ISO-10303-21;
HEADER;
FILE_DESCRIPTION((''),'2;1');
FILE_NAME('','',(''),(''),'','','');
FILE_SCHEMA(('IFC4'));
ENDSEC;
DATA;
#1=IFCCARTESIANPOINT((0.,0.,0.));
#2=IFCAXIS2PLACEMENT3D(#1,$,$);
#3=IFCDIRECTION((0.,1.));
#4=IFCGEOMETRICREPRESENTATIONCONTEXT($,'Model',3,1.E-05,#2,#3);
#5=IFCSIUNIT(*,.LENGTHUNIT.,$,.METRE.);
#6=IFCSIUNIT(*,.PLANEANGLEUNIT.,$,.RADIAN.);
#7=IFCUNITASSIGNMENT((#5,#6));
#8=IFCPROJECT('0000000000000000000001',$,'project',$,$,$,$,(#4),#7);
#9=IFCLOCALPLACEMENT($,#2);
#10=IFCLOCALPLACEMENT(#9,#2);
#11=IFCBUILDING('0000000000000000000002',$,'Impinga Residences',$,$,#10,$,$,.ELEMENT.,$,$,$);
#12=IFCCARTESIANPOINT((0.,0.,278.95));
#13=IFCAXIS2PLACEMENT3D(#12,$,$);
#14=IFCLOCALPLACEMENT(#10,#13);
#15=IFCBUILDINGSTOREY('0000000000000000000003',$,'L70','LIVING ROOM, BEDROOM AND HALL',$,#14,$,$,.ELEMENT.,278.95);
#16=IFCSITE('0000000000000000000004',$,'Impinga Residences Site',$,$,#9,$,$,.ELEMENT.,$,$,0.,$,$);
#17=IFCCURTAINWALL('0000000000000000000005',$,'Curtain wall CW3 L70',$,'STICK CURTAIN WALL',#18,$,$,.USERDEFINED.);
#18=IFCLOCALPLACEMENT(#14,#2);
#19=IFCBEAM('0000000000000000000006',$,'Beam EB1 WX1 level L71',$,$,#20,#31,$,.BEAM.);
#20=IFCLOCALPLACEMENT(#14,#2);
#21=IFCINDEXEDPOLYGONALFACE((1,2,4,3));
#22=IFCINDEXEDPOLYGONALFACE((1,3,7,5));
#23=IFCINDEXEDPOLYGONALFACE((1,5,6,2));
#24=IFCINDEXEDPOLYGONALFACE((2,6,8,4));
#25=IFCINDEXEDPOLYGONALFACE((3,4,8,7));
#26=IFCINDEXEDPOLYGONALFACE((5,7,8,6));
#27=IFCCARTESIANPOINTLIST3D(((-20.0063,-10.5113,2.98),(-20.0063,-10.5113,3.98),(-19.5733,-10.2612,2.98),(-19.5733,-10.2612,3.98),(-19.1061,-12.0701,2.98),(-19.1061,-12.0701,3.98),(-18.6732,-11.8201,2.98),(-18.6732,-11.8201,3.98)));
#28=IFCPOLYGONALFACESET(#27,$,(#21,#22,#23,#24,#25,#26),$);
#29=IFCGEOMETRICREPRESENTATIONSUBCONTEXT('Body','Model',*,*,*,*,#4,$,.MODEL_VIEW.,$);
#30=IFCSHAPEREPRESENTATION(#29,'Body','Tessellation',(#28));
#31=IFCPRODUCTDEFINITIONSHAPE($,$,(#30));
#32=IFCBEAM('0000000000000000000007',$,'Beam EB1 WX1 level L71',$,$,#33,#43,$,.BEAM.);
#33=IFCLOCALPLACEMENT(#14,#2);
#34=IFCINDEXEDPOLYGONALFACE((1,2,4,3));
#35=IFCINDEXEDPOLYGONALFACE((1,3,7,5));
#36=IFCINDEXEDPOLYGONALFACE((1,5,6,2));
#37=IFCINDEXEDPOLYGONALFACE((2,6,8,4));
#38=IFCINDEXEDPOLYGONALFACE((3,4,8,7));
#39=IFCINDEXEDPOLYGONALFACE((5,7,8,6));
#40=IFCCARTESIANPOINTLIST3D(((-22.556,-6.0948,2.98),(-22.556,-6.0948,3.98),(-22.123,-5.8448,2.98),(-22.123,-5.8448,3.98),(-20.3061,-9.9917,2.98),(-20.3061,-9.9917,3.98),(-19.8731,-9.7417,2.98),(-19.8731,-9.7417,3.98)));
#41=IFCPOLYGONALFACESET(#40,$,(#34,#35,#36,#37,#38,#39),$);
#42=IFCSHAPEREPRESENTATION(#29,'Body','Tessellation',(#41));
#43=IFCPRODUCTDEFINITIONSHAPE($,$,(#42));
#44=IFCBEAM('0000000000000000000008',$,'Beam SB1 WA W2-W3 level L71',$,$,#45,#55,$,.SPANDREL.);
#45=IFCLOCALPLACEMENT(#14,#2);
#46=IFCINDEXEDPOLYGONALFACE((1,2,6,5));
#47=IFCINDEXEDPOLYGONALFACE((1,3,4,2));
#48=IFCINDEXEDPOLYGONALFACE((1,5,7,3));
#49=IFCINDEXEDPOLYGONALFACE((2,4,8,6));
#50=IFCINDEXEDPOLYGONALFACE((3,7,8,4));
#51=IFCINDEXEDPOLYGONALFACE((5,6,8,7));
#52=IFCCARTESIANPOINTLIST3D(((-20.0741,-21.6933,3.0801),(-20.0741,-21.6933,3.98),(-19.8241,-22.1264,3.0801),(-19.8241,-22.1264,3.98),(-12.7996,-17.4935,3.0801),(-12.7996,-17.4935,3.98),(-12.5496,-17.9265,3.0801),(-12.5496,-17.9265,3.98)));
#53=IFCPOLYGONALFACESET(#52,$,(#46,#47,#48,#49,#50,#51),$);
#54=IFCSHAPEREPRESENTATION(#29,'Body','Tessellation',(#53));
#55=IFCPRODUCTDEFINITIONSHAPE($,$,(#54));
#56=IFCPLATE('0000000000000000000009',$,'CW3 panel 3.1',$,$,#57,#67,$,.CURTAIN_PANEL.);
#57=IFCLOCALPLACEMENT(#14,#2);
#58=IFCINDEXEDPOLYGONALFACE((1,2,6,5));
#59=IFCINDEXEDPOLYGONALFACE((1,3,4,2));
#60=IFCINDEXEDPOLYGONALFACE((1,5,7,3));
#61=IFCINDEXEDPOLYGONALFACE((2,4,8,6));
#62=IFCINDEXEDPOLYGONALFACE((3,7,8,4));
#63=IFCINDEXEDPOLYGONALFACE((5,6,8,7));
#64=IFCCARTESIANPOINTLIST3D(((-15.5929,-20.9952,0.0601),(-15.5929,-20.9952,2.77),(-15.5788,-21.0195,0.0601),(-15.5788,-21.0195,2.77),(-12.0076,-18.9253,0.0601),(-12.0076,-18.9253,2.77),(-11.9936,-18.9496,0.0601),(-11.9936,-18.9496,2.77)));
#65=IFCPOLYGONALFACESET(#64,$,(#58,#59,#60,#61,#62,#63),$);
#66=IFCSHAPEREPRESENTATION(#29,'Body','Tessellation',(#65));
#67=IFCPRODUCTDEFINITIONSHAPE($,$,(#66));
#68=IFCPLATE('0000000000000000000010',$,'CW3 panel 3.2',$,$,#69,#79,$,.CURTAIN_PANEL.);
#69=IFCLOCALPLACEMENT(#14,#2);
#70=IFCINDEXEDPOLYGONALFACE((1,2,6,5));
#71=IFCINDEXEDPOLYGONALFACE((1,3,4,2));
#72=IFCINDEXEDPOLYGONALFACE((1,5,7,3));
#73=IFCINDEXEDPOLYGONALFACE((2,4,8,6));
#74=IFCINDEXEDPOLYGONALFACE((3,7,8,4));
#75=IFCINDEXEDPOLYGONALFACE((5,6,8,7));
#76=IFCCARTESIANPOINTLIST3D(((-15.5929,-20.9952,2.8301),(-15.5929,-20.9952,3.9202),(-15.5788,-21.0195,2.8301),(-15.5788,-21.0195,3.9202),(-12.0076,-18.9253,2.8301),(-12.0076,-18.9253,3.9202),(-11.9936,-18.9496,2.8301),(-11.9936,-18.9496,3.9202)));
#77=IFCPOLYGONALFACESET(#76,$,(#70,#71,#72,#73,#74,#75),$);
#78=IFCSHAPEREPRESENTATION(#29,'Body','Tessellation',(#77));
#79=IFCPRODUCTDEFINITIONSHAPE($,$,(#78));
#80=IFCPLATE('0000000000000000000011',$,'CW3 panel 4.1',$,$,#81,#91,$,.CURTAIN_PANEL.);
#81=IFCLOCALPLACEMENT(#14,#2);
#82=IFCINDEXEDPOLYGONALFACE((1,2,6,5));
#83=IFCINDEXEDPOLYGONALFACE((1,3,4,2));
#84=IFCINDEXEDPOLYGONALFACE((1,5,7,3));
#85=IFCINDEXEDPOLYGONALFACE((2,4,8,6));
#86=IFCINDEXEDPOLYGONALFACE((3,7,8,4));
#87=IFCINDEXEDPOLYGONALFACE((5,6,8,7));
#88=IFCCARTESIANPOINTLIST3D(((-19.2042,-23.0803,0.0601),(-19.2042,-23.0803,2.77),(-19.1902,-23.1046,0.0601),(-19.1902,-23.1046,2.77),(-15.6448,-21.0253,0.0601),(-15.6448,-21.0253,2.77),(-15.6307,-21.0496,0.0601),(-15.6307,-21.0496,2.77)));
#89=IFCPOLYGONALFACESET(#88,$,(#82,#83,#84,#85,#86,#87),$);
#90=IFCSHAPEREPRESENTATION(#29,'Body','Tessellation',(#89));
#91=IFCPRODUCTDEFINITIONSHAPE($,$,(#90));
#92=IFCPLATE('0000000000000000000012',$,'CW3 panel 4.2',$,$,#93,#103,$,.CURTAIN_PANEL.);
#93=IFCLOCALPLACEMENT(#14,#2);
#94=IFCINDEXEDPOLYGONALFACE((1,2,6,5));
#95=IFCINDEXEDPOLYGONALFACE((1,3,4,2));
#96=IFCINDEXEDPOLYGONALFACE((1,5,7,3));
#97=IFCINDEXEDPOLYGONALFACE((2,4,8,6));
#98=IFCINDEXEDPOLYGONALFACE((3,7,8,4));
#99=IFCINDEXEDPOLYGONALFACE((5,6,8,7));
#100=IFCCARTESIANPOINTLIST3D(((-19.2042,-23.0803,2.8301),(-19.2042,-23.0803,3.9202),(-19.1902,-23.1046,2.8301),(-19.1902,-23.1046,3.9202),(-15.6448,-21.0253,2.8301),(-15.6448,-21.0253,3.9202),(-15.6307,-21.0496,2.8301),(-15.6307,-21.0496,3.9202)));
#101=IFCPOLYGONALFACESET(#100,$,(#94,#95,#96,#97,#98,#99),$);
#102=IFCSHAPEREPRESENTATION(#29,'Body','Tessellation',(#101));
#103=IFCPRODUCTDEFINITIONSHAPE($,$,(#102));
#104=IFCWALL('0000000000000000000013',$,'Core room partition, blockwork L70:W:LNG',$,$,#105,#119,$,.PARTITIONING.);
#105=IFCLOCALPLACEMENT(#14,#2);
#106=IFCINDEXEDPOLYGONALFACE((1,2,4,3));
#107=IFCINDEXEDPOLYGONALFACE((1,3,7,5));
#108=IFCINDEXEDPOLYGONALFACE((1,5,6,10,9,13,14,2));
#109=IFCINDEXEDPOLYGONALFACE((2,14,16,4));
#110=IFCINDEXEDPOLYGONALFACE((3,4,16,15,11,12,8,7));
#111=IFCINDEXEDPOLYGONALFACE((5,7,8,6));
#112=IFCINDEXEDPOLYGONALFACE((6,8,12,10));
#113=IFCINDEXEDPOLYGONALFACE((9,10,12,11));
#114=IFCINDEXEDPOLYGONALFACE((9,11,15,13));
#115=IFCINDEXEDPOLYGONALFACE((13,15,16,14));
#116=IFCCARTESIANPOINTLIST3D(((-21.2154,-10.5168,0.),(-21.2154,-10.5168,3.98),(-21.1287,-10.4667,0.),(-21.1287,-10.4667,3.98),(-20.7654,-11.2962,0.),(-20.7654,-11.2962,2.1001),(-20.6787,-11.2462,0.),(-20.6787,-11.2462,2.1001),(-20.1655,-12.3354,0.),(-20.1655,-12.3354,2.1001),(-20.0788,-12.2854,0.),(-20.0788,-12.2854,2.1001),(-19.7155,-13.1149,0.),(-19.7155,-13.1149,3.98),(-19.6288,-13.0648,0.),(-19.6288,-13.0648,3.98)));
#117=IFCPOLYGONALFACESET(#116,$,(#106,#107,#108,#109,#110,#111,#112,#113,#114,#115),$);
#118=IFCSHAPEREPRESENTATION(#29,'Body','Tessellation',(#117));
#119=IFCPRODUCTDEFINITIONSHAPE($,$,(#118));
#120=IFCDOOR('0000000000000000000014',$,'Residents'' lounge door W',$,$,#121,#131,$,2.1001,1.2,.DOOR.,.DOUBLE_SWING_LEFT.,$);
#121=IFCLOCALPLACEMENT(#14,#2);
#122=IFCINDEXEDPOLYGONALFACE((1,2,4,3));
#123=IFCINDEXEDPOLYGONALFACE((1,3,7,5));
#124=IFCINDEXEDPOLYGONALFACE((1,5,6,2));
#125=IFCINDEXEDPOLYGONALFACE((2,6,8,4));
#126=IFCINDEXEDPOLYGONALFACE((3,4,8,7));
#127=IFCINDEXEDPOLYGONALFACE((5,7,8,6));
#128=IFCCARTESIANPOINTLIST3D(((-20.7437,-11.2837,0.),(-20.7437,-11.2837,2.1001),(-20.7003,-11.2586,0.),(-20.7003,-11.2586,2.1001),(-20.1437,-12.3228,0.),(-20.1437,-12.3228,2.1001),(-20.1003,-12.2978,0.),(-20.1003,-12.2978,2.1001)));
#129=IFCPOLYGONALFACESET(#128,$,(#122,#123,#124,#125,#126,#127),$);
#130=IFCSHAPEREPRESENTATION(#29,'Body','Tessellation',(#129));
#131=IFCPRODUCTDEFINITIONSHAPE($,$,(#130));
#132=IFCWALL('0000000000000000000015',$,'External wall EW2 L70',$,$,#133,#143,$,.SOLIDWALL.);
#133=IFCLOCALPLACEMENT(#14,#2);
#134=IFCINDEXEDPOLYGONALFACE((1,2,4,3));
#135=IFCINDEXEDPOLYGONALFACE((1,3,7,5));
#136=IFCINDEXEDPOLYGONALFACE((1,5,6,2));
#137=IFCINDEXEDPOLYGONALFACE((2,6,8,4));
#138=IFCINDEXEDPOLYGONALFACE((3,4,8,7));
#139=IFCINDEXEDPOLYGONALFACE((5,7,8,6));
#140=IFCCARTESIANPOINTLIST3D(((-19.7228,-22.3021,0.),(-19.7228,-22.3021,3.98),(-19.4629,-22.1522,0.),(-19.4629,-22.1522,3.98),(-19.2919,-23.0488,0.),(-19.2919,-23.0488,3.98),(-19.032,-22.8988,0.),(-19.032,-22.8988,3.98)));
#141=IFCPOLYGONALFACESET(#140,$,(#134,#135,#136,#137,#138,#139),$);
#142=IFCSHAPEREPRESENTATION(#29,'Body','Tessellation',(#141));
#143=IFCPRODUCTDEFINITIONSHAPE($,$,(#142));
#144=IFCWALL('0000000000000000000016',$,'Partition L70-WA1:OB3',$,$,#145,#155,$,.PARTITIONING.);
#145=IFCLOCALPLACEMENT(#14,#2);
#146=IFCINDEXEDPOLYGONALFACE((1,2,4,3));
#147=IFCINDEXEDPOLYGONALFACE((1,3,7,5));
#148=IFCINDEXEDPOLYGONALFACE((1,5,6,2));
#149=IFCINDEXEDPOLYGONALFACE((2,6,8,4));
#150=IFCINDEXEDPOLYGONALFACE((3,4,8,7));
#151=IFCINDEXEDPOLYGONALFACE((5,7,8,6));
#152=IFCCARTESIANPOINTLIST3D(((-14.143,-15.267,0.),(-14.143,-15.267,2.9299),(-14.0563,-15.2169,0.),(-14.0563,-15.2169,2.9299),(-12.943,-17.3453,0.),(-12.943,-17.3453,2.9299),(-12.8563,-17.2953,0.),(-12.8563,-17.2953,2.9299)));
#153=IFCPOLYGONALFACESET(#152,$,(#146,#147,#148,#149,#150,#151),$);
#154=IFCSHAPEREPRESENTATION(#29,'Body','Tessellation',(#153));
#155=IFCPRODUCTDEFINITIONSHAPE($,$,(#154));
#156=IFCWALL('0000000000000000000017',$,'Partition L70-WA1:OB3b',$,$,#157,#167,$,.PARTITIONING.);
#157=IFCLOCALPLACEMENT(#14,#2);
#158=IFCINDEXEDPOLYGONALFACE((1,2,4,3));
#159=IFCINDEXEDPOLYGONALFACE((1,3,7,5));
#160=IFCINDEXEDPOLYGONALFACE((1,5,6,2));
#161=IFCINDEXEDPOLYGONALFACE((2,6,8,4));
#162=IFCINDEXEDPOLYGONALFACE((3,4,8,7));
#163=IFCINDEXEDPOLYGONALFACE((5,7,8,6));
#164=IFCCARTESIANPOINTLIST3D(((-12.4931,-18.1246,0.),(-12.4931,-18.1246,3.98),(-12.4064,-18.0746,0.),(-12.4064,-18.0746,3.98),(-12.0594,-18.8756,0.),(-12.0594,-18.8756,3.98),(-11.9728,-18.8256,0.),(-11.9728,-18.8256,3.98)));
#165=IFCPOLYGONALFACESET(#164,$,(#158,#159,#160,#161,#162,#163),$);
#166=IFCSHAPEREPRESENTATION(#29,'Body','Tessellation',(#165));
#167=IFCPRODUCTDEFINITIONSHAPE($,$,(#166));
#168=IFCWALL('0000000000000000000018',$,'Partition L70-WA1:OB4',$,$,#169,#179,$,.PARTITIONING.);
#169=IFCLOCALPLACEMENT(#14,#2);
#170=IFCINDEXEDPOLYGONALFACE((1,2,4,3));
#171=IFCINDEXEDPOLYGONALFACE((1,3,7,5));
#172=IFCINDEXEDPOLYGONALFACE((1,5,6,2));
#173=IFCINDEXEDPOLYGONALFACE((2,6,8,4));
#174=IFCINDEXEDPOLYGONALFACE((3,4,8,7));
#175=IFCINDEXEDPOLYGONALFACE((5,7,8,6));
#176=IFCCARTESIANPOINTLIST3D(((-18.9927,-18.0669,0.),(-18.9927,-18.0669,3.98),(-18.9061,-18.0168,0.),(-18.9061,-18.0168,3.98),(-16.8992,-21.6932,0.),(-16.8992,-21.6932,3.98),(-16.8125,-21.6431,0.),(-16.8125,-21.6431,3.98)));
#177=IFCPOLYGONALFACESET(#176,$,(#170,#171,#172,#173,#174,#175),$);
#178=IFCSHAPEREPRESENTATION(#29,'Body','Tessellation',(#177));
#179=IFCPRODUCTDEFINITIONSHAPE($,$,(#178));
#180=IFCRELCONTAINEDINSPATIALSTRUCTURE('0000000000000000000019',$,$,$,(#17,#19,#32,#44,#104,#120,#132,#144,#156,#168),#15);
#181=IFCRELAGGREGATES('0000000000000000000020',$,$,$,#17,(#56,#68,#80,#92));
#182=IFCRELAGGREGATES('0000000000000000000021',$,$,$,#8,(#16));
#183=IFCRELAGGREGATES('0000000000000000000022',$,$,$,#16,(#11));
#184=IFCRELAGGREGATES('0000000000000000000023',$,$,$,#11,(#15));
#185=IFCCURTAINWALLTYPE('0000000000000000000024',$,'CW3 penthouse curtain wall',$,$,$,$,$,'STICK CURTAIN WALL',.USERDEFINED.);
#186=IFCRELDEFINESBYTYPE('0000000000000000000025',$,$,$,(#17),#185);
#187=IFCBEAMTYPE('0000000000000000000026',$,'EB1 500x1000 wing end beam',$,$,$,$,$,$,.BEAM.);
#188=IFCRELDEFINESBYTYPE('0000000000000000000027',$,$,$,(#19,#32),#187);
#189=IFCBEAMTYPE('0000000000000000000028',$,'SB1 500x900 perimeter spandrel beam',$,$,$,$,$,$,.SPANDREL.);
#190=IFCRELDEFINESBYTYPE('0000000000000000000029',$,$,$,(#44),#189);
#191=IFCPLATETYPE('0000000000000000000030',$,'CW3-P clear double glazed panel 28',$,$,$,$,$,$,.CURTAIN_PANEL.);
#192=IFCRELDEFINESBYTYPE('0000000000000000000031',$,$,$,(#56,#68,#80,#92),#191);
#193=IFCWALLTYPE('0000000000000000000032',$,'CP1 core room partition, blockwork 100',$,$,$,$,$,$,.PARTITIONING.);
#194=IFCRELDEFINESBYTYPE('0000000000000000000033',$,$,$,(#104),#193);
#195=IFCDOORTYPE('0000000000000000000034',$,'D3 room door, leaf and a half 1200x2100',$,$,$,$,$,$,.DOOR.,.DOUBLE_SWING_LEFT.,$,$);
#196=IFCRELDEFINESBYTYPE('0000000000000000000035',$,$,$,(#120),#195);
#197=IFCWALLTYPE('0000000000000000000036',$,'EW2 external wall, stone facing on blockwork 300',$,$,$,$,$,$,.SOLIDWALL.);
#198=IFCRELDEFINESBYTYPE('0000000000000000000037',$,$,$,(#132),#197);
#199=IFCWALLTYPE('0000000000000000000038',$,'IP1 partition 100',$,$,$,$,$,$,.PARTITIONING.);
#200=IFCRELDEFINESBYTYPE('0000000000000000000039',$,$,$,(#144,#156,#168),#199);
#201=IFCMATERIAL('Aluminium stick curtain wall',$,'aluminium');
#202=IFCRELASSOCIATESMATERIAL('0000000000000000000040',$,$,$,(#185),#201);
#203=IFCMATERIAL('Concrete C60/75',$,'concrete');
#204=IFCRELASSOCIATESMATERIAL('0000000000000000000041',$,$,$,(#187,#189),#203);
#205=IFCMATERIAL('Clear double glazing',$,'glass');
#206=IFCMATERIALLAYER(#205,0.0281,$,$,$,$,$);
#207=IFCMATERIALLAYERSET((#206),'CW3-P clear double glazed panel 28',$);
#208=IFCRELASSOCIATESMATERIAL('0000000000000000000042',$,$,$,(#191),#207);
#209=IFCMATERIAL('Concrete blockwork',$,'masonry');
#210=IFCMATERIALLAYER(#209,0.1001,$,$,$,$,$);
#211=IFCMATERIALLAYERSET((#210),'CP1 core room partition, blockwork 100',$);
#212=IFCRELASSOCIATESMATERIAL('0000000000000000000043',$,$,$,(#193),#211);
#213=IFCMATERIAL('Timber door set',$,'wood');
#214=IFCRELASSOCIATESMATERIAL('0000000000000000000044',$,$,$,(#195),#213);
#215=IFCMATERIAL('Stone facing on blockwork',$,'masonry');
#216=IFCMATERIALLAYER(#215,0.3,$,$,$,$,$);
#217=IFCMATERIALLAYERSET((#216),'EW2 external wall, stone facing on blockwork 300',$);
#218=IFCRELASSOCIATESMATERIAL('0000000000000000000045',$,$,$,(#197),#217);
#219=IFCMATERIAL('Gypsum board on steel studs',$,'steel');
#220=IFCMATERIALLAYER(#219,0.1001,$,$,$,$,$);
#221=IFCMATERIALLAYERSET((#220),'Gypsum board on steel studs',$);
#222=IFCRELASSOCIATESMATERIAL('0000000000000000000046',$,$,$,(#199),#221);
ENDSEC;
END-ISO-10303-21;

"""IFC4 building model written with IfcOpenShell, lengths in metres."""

from ifc_helpers import new_model, si_unit, direction, frame, frame_2d, origin, origin_2d, place, context, subcontext, project, spatial, rectangle, extrude, material, layer, layer_set, material_profile, profile_set, type_object, element, fill, aggregate, save


model = new_model("IFC4")

# Units and contexts
model_context = context("Model", 3, precision=1e-05, world=origin(), true_north=direction((0.0, 1.0)))
body_context = subcontext(model_context, "Body", "Model", "MODEL_VIEW")
ifc_project = project(units=[si_unit("LENGTHUNIT", "METRE"), si_unit("PLANEANGLEUNIT", "RADIAN")], contexts=[model_context])

# Site, building, storey
site_placement = place(None, origin())
site = spatial("IfcSite", under=ifc_project, at=site_placement, Name="Impinga Residences Site", CompositionType="ELEMENT", RefElevation=0.0)
building_placement = place(site_placement, origin())
building = spatial("IfcBuilding", under=site, at=building_placement, Name="Impinga Residences", CompositionType="ELEMENT")
storey_placement = place(building_placement, frame((0.0, 0.0, 278.95)))
storey = spatial("IfcBuildingStorey", under=building, at=storey_placement, Name="L70", Description="LIVING ROOM, BEDROOM AND HALL", CompositionType="ELEMENT", Elevation=278.95)

# Shared definitions
ifc_material_1 = material(Name="Concrete C60/75", Category="concrete")

# Curtain wall
ifc_material_2 = material(Name="Aluminium stick curtain wall", Category="aluminium")
curtain_wall_type = type_object("IfcCurtainWallType", Name="CW3 penthouse curtain wall", ElementType="STICK CURTAIN WALL", PredefinedType="USERDEFINED", material=ifc_material_2)
curtain_wall_placement = place(storey_placement, origin())
curtain_wall = element("IfcCurtainWall", 1, at=curtain_wall_placement, inside=storey, type_object=curtain_wall_type, Name="Curtain wall CW3 L70", ObjectType="STICK CURTAIN WALL", PredefinedType="USERDEFINED")

# Beams
ifc_material_profile_1 = material_profile(ifc_material_1, rectangle(XDim=0.5, YDim=1.0, at=origin_2d()), Name="RC 500x1000")
ifc_profile_set_1 = profile_set([ifc_material_profile_1], Name="Concrete C60/75")
beam_type_1 = type_object("IfcBeamType", Name="EB1 500x1000 wing end beam", PredefinedType="BEAM", material=ifc_profile_set_1)
beam_1_placement = place(storey_placement, frame((-18.8896, -11.9451, 3.48), z_axis=(-0.500063, 0.865989, 0.0), x_axis=(-0.865989, -0.500063, 0.0)))
element("IfcBeam", 2, at=beam_1_placement, inside=storey, type_object=beam_type_1, Name="Beam EB1 WX1 level L71", PredefinedType="BEAM", context=body_context, shape_type="SweptSolid", body=[
    extrude(rectangle(XDim=0.5, YDim=1.0, at=origin_2d()), origin(), (0.0, 0.0, 1.0), 1.8),
])
beam_2_placement = place(storey_placement, frame((-20.0896, -9.8667, 3.48), z_axis=(-0.500014, 0.866018, 0.0), x_axis=(-0.866018, -0.500014, 0.0)))
element("IfcBeam", 3, at=beam_2_placement, inside=storey, type_object=beam_type_1, Name="Beam EB1 WX1 level L71", PredefinedType="BEAM", context=body_context, shape_type="SweptSolid", body=[
    extrude(rectangle(XDim=0.5, YDim=1.0, at=origin_2d()), origin(), (0.0, 0.0, 1.0), 4.4998),
])
ifc_material_profile_2 = material_profile(ifc_material_1, rectangle(XDim=0.5, YDim=0.8999, at=origin_2d()), Name="RC 500x900")
ifc_profile_set_2 = profile_set([ifc_material_profile_2], Name="Concrete C60/75")
beam_type_2 = type_object("IfcBeamType", Name="SB1 500x900 perimeter spandrel beam", PredefinedType="SPANDREL", material=ifc_profile_set_2)
beam_3_placement = place(storey_placement, frame((-12.6746, -17.71, 3.53), z_axis=(-0.866029, -0.499993, 0.0), x_axis=(0.499993, -0.866029, 0.0)))
element("IfcBeam", 4, at=beam_3_placement, inside=storey, type_object=beam_type_2, Name="Beam SB1 WA W2-W3 level L71", PredefinedType="SPANDREL", context=body_context, shape_type="SweptSolid", body=[
    extrude(rectangle(XDim=0.5, YDim=0.8999, at=origin_2d()), origin(), (0.0, 0.0, 1.0), 8.3999),
])

# Plates
ifc_material_3 = material(Name="Clear double glazing", Category="glass")
ifc_layer_1 = layer(ifc_material_3, 0.0281)
ifc_layer_set_1 = layer_set([ifc_layer_1], Name="CW3-P clear double glazed panel 28")
plate_type = type_object("IfcPlateType", Name="CW3-P clear double glazed panel 28", PredefinedType="CURTAIN_PANEL", material=ifc_layer_set_1)
plate_1_placement = place(storey_placement, frame((-13.7932, -19.9724, 0.0601), z_axis=(0.0, 0.0, 1.0), x_axis=(-0.866025, -0.5, 0.0)))
plate_1 = element("IfcPlate", 5, at=plate_1_placement, type_object=plate_type, Name="CW3 panel 3.1", PredefinedType="CURTAIN_PANEL", context=body_context, shape_type="SweptSolid", body=[
    extrude(rectangle(XDim=4.1399, YDim=0.0281, at=origin_2d()), origin(), (0.0, 0.0, 1.0), 2.71),
])
plate_2_placement = place(storey_placement, frame((-13.7932, -19.9724, 2.8301), z_axis=(0.0, 0.0, 1.0), x_axis=(-0.866025, -0.5, 0.0)))
plate_2 = element("IfcPlate", 6, at=plate_2_placement, type_object=plate_type, Name="CW3 panel 3.2", PredefinedType="CURTAIN_PANEL", context=body_context, shape_type="SweptSolid", body=[
    extrude(rectangle(XDim=4.1399, YDim=0.0281, at=origin_2d()), origin(), (0.0, 0.0, 1.0), 1.0901),
])
plate_3_placement = place(storey_placement, frame((-17.4175, -22.0649, 0.0601), z_axis=(0.0, 0.0, 1.0), x_axis=(-0.866025, -0.5, 0.0)))
plate_3 = element("IfcPlate", 7, at=plate_3_placement, type_object=plate_type, Name="CW3 panel 4.1", PredefinedType="CURTAIN_PANEL", context=body_context, shape_type="SweptSolid", body=[
    extrude(rectangle(XDim=4.1101, YDim=0.0281, at=origin_2d()), origin(), (0.0, 0.0, 1.0), 2.71),
])
plate_4_placement = place(storey_placement, frame((-17.4175, -22.0649, 2.8301), z_axis=(0.0, 0.0, 1.0), x_axis=(-0.866025, -0.5, 0.0)))
plate_4 = element("IfcPlate", 8, at=plate_4_placement, type_object=plate_type, Name="CW3 panel 4.2", PredefinedType="CURTAIN_PANEL", context=body_context, shape_type="SweptSolid", body=[
    extrude(rectangle(XDim=4.1101, YDim=0.0281, at=origin_2d()), origin(), (0.0, 0.0, 1.0), 1.0901),
])
aggregate(curtain_wall, [plate_1, plate_2, plate_3, plate_4])

# Wall, opening, door
ifc_material_4 = material(Name="Concrete blockwork", Category="masonry")
ifc_layer_2 = layer(ifc_material_4, 0.1001)
ifc_layer_set_2 = layer_set([ifc_layer_2], Name="CP1 core room partition, blockwork 100")
wall_type_1 = type_object("IfcWallType", Name="CP1 core room partition, blockwork 100", PredefinedType="PARTITIONING", material=ifc_layer_set_2)
wall_1_placement = place(storey_placement, frame((-19.6721, -13.0898, 0.0), z_axis=(0.0, 0.0, 1.0), x_axis=(-0.49999, 0.866031, 0.0)))
wall_1 = element("IfcWall", 9, at=wall_1_placement, inside=storey, type_object=wall_type_1, Name="Core room partition, blockwork L70:W:LNG", PredefinedType="PARTITIONING", context=body_context, shape_type="SweptSolid", body=[
    extrude(rectangle(XDim=3.0, YDim=0.1001, at=frame_2d((1.5, 0.0))), origin(), (0.0, 0.0, 1.0), 3.98),
])
opening_1_placement = place(wall_1_placement, frame((0.8999, 0.0, 0.0)))
opening_1 = element("IfcOpeningElement", 10, at=opening_1_placement, cuts=wall_1, PredefinedType="OPENING", context=body_context, shape_type="SweptSolid", body=[
    extrude(rectangle(XDim=1.2, YDim=2.1001, at=frame_2d((0.6001, 1.05))), frame((0.0, 0.0601, 0.0), z_axis=(0.0, -1.0, 0.0), x_axis=(1.0, 0.0, 0.0)), (0.0, 0.0, 1.0), 0.1201),
])
ifc_material_5 = material(Name="Timber door set", Category="wood")
door_type_1 = type_object("IfcDoorType", Name="D3 room door, leaf and a half 1200x2100", OperationType="DOUBLE_SWING_LEFT", PredefinedType="DOOR", material=ifc_material_5)
door_1_placement = place(opening_1_placement, origin())
door_1 = element("IfcDoor", 11, at=door_1_placement, inside=storey, type_object=door_type_1, Name="Residents' lounge door W", OperationType="DOUBLE_SWING_LEFT", OverallHeight=2.1001, OverallWidth=1.2, PredefinedType="DOOR", context=body_context, shape_type="SweptSolid", body=[
    extrude(rectangle(XDim=1.2, YDim=2.1001, at=frame_2d((0.6001, 1.05))), frame((0.0, 0.0249, 0.0), z_axis=(0.0, -1.0, 0.0), x_axis=(1.0, 0.0, 0.0)), (0.0, 0.0, 1.0), 0.05),
])
fill(opening_1, door_1)

# Walls
ifc_material_6 = material(Name="Stone facing on blockwork", Category="masonry")
ifc_layer_3 = layer(ifc_material_6, 0.3)
ifc_layer_set_3 = layer_set([ifc_layer_3], Name="EW2 external wall, stone facing on blockwork 300")
wall_type_2 = type_object("IfcWallType", Name="EW2 external wall, stone facing on blockwork 300", PredefinedType="SOLIDWALL", material=ifc_layer_set_3)
wall_2_placement = place(storey_placement, frame((-19.1619, -22.9739, 0.0), z_axis=(0.0, 0.0, 1.0), x_axis=(-0.499886, 0.866091, 0.0)))
element("IfcWall", 12, at=wall_2_placement, inside=storey, type_object=wall_type_2, Name="External wall EW2 L70", PredefinedType="SOLIDWALL", context=body_context, shape_type="SweptSolid", body=[
    extrude(rectangle(XDim=0.8621, YDim=0.3, at=frame_2d((0.4312, 0.0))), origin(), (0.0, 0.0, 1.0), 3.98),
])
ifc_material_7 = material(Name="Gypsum board on steel studs", Category="steel")
ifc_layer_4 = layer(ifc_material_7, 0.1001)
ifc_layer_set_4 = layer_set([ifc_layer_4], Name="Gypsum board on steel studs")
wall_type_3 = type_object("IfcWallType", Name="IP1 partition 100", PredefinedType="PARTITIONING", material=ifc_layer_set_4)
wall_3_placement = place(storey_placement, frame((-14.0996, -15.2419, 0.0), z_axis=(0.0, 0.0, 1.0), x_axis=(0.500001, -0.866025, 0.0)))
element("IfcWall", 13, at=wall_3_placement, inside=storey, type_object=wall_type_3, Name="Partition L70-WA1:OB3", PredefinedType="PARTITIONING", context=body_context, shape_type="SweptSolid", body=[
    extrude(rectangle(XDim=2.3999, YDim=0.1001, at=frame_2d((1.2, 0.0))), origin(), (0.0, 0.0, 1.0), 2.9299),
])
wall_4_placement = place(storey_placement, frame((-12.4497, -18.0996, 0.0), z_axis=(0.0, 0.0, 1.0), x_axis=(0.500015, -0.866017, 0.0)))
element("IfcWall", 14, at=wall_4_placement, inside=storey, type_object=wall_type_3, Name="Partition L70-WA1:OB3b", PredefinedType="PARTITIONING", context=body_context, shape_type="SweptSolid", body=[
    extrude(rectangle(XDim=0.8672, YDim=0.1001, at=frame_2d((0.4336, 0.0))), origin(), (0.0, 0.0, 1.0), 3.98),
])
wall_5_placement = place(storey_placement, frame((-18.9495, -18.0417, 0.0), z_axis=(0.0, 0.0, 1.0), x_axis=(0.499983, -0.866035, 0.0)))
element("IfcWall", 15, at=wall_5_placement, inside=storey, type_object=wall_type_3, Name="Partition L70-WA1:OB4", PredefinedType="PARTITIONING", context=body_context, shape_type="SweptSolid", body=[
    extrude(rectangle(XDim=4.1873, YDim=0.1001, at=frame_2d((2.0938, 0.0))), origin(), (0.0, 0.0, 1.0), 3.98),
])

save(model, "model.ifc")
